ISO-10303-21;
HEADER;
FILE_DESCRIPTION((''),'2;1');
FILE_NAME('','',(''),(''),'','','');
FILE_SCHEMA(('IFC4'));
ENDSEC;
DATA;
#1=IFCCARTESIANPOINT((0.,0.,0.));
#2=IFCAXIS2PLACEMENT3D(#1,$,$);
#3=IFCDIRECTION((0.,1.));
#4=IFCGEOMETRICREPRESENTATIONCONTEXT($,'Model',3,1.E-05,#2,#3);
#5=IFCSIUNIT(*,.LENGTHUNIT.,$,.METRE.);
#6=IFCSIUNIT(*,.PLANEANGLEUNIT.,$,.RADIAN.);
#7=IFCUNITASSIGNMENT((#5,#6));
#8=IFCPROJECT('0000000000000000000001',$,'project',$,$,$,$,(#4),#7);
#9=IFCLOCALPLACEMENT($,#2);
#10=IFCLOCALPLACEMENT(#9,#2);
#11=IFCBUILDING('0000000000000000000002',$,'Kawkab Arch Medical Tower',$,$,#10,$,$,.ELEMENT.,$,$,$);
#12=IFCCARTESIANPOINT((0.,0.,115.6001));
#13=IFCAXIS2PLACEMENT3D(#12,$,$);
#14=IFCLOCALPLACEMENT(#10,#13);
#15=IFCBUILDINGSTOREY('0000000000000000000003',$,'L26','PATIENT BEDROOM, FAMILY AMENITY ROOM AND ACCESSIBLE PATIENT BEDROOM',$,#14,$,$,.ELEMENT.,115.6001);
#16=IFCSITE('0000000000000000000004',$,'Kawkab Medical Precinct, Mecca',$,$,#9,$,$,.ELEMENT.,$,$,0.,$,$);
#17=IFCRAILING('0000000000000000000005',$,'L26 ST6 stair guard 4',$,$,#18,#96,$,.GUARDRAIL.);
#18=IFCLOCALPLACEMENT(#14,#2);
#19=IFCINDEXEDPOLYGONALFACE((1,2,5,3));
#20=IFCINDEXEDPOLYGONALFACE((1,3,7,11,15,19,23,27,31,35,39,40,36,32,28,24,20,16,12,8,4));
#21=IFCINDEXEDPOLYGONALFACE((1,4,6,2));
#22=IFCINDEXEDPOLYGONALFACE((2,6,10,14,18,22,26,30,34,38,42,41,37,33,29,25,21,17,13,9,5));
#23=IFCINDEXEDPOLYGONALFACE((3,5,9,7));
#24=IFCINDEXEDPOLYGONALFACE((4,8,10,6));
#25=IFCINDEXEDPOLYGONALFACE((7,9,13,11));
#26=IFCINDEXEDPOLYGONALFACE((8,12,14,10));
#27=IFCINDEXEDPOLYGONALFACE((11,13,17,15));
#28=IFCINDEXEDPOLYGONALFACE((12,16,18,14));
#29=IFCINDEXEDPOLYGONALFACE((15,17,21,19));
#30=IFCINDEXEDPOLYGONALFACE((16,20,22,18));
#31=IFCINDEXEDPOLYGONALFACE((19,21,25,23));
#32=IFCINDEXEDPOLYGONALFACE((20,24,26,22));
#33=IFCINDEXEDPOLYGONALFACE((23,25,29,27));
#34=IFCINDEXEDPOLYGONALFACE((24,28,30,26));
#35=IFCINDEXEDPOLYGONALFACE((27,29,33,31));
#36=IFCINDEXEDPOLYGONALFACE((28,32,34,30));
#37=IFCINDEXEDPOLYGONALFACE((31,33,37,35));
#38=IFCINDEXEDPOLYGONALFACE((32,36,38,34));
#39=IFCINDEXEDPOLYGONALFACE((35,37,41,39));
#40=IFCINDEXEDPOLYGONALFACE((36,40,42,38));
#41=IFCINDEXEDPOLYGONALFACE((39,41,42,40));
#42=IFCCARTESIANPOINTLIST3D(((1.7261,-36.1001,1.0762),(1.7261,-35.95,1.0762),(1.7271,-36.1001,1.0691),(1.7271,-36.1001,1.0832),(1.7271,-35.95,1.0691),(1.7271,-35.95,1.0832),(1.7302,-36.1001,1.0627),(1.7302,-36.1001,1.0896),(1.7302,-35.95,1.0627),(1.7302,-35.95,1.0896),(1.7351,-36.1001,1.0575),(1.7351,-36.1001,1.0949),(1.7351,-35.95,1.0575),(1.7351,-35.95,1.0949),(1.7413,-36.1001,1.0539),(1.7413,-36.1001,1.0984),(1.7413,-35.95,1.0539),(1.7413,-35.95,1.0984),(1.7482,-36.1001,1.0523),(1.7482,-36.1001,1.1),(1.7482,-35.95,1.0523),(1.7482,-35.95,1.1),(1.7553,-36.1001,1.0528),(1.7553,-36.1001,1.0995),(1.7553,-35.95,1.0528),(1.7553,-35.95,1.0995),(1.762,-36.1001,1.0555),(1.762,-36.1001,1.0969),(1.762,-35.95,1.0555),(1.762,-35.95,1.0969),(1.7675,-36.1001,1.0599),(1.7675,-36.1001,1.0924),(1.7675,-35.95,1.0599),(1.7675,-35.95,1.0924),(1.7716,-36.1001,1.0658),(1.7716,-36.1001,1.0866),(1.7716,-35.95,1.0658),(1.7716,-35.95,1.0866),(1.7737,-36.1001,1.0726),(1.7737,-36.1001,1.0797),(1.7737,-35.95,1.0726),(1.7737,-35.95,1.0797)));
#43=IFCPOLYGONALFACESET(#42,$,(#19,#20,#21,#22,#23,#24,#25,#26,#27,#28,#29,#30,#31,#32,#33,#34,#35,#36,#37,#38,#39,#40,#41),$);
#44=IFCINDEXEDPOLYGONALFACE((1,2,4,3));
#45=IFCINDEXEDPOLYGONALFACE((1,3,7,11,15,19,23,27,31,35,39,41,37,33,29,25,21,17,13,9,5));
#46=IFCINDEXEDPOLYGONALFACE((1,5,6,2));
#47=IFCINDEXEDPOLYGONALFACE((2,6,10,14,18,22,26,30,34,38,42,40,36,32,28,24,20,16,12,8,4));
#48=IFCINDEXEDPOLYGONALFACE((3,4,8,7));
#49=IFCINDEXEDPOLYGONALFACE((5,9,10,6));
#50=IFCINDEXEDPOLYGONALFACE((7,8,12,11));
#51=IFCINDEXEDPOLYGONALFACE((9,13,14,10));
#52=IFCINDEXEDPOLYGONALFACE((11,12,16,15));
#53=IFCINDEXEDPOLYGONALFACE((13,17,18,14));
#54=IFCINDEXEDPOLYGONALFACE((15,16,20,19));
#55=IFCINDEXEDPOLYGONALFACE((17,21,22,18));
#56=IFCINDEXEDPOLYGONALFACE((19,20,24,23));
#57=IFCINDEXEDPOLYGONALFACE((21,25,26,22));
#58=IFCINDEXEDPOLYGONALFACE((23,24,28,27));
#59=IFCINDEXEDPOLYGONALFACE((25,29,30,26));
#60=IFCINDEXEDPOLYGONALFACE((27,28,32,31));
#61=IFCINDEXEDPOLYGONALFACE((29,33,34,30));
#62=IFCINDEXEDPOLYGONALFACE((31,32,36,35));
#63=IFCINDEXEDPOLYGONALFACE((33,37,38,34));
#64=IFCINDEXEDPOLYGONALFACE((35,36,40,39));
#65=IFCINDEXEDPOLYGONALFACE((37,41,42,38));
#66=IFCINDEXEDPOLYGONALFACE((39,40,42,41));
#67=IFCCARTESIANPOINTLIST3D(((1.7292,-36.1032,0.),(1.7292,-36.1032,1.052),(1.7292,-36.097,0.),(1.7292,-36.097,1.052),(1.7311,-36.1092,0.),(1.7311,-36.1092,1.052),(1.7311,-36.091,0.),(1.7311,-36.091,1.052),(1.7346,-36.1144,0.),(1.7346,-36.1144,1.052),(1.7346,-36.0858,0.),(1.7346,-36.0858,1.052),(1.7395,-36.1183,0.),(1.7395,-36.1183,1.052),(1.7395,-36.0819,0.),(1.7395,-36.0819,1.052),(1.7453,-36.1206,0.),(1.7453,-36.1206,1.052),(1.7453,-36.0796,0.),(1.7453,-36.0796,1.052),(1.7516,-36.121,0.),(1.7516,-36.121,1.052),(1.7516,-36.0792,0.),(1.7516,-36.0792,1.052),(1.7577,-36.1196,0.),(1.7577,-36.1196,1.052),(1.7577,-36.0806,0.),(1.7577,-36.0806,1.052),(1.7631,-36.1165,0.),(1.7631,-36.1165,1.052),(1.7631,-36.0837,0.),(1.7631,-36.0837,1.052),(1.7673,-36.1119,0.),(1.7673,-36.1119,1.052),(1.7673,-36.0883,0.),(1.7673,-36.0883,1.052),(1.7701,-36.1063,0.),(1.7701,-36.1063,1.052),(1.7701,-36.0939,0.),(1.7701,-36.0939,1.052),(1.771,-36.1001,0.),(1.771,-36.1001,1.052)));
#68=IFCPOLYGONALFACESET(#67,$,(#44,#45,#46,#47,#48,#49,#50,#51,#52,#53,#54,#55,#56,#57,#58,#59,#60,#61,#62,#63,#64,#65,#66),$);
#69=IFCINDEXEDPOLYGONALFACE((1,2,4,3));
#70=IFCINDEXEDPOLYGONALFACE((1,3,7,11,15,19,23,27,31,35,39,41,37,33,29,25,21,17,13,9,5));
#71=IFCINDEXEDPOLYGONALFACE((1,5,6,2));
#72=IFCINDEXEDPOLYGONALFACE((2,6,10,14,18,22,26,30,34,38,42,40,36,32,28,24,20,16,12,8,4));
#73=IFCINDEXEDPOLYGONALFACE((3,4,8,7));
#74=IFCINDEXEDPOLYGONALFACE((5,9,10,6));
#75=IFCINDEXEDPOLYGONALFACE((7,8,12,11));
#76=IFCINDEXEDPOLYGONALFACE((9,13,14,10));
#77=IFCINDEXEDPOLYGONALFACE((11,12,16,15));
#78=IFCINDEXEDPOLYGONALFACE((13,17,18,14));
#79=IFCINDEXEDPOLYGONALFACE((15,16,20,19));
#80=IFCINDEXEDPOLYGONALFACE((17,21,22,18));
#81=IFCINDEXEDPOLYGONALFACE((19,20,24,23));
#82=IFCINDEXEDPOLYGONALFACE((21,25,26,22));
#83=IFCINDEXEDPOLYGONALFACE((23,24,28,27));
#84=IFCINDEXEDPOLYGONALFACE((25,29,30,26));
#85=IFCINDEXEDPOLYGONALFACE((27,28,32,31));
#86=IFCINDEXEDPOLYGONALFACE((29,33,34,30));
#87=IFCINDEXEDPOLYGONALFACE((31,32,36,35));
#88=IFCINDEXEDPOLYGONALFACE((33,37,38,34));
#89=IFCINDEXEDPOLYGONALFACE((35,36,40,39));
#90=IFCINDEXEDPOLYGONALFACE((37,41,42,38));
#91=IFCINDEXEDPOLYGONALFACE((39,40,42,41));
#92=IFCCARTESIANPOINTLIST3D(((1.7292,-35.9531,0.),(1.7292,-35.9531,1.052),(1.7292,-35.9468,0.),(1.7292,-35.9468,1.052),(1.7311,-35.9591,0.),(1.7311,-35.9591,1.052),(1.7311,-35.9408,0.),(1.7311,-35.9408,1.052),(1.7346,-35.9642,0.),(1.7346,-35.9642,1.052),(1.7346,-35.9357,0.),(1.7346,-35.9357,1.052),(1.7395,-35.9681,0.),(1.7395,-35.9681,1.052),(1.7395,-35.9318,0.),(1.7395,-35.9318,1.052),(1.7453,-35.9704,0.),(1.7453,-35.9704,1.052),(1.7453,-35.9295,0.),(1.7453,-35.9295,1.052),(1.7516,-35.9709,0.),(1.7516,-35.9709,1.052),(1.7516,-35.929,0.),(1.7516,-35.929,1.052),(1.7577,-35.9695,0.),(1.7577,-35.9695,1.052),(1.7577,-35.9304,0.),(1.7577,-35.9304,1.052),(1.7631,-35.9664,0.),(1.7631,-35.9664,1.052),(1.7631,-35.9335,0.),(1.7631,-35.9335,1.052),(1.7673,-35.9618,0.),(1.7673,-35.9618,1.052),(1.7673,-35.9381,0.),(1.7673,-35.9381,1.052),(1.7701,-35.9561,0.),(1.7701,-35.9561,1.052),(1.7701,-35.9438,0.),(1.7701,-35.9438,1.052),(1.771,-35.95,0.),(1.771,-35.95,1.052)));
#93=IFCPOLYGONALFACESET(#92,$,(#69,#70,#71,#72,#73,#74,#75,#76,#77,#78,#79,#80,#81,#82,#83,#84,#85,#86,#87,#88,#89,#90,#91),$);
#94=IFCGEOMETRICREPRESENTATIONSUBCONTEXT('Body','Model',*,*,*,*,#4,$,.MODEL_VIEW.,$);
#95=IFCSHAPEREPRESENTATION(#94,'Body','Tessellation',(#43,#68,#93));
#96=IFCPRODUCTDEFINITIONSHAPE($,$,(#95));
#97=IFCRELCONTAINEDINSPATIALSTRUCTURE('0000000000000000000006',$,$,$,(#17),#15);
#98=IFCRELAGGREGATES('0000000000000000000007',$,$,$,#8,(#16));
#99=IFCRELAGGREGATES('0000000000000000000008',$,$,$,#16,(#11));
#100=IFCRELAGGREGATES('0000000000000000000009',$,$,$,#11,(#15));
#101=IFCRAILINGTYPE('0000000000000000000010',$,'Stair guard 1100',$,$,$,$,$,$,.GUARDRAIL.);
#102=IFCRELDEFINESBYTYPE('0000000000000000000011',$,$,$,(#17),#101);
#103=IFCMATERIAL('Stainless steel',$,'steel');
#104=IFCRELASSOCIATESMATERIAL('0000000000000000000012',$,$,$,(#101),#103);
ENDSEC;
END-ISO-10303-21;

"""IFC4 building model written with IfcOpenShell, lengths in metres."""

from ifc_helpers import new_model, si_unit, direction, frame, origin, origin_2d, place, context, subcontext, project, spatial, circle, extrude, material, type_object, element, save


model = new_model("IFC4")

# Units and contexts
model_context = context("Model", 3, precision=1e-05, world=origin(), true_north=direction((0.0, 1.0)))
body_context = subcontext(model_context, "Body", "Model", "MODEL_VIEW")
ifc_project = project(units=[si_unit("LENGTHUNIT", "METRE"), si_unit("PLANEANGLEUNIT", "RADIAN")], contexts=[model_context])

# Site, building, storey
site_placement = place(None, origin())
site = spatial("IfcSite", under=ifc_project, at=site_placement, Name="Kawkab Medical Precinct, Mecca", CompositionType="ELEMENT", RefElevation=0.0)
building_placement = place(site_placement, origin())
building = spatial("IfcBuilding", under=site, at=building_placement, Name="Kawkab Arch Medical Tower", CompositionType="ELEMENT")
storey_placement = place(building_placement, frame((0.0, 0.0, 115.6001)))
storey = spatial("IfcBuildingStorey", under=building, at=storey_placement, Name="L26", Description="PATIENT BEDROOM, FAMILY AMENITY ROOM AND ACCESSIBLE PATIENT BEDROOM", CompositionType="ELEMENT", Elevation=115.6001)

# Railing
ifc_material_1 = material(Name="Stainless steel", Category="steel")
railing_type_1 = type_object("IfcRailingType", Name="Stair guard 1100", PredefinedType="GUARDRAIL", material=ifc_material_1)
railing_1_placement = place(storey_placement, frame((1.75, -36.1001, 0.0)))
element("IfcRailing", 1, at=railing_1_placement, inside=storey, type_object=railing_type_1, Name="L26 ST6 stair guard 4", PredefinedType="GUARDRAIL", context=body_context, shape_type="SweptSolid", body=[
    extrude(circle(Radius=0.0239, at=origin_2d()), frame((0.0, 0.0, 1.0762), z_axis=(0.0, 1.0, 0.0), x_axis=(-1.0, 0.0, 0.0)), (0.0, 0.0, 1.0), 0.1501),
    extrude(circle(Radius=0.021, at=origin_2d()), origin(), (0.0, 0.0, 1.0), 1.052),
    extrude(circle(Radius=0.021, at=origin_2d()), frame((0.0, 0.1501, 0.0)), (0.0, 0.0, 1.0), 1.052),
])

save(model, "model.ifc")
